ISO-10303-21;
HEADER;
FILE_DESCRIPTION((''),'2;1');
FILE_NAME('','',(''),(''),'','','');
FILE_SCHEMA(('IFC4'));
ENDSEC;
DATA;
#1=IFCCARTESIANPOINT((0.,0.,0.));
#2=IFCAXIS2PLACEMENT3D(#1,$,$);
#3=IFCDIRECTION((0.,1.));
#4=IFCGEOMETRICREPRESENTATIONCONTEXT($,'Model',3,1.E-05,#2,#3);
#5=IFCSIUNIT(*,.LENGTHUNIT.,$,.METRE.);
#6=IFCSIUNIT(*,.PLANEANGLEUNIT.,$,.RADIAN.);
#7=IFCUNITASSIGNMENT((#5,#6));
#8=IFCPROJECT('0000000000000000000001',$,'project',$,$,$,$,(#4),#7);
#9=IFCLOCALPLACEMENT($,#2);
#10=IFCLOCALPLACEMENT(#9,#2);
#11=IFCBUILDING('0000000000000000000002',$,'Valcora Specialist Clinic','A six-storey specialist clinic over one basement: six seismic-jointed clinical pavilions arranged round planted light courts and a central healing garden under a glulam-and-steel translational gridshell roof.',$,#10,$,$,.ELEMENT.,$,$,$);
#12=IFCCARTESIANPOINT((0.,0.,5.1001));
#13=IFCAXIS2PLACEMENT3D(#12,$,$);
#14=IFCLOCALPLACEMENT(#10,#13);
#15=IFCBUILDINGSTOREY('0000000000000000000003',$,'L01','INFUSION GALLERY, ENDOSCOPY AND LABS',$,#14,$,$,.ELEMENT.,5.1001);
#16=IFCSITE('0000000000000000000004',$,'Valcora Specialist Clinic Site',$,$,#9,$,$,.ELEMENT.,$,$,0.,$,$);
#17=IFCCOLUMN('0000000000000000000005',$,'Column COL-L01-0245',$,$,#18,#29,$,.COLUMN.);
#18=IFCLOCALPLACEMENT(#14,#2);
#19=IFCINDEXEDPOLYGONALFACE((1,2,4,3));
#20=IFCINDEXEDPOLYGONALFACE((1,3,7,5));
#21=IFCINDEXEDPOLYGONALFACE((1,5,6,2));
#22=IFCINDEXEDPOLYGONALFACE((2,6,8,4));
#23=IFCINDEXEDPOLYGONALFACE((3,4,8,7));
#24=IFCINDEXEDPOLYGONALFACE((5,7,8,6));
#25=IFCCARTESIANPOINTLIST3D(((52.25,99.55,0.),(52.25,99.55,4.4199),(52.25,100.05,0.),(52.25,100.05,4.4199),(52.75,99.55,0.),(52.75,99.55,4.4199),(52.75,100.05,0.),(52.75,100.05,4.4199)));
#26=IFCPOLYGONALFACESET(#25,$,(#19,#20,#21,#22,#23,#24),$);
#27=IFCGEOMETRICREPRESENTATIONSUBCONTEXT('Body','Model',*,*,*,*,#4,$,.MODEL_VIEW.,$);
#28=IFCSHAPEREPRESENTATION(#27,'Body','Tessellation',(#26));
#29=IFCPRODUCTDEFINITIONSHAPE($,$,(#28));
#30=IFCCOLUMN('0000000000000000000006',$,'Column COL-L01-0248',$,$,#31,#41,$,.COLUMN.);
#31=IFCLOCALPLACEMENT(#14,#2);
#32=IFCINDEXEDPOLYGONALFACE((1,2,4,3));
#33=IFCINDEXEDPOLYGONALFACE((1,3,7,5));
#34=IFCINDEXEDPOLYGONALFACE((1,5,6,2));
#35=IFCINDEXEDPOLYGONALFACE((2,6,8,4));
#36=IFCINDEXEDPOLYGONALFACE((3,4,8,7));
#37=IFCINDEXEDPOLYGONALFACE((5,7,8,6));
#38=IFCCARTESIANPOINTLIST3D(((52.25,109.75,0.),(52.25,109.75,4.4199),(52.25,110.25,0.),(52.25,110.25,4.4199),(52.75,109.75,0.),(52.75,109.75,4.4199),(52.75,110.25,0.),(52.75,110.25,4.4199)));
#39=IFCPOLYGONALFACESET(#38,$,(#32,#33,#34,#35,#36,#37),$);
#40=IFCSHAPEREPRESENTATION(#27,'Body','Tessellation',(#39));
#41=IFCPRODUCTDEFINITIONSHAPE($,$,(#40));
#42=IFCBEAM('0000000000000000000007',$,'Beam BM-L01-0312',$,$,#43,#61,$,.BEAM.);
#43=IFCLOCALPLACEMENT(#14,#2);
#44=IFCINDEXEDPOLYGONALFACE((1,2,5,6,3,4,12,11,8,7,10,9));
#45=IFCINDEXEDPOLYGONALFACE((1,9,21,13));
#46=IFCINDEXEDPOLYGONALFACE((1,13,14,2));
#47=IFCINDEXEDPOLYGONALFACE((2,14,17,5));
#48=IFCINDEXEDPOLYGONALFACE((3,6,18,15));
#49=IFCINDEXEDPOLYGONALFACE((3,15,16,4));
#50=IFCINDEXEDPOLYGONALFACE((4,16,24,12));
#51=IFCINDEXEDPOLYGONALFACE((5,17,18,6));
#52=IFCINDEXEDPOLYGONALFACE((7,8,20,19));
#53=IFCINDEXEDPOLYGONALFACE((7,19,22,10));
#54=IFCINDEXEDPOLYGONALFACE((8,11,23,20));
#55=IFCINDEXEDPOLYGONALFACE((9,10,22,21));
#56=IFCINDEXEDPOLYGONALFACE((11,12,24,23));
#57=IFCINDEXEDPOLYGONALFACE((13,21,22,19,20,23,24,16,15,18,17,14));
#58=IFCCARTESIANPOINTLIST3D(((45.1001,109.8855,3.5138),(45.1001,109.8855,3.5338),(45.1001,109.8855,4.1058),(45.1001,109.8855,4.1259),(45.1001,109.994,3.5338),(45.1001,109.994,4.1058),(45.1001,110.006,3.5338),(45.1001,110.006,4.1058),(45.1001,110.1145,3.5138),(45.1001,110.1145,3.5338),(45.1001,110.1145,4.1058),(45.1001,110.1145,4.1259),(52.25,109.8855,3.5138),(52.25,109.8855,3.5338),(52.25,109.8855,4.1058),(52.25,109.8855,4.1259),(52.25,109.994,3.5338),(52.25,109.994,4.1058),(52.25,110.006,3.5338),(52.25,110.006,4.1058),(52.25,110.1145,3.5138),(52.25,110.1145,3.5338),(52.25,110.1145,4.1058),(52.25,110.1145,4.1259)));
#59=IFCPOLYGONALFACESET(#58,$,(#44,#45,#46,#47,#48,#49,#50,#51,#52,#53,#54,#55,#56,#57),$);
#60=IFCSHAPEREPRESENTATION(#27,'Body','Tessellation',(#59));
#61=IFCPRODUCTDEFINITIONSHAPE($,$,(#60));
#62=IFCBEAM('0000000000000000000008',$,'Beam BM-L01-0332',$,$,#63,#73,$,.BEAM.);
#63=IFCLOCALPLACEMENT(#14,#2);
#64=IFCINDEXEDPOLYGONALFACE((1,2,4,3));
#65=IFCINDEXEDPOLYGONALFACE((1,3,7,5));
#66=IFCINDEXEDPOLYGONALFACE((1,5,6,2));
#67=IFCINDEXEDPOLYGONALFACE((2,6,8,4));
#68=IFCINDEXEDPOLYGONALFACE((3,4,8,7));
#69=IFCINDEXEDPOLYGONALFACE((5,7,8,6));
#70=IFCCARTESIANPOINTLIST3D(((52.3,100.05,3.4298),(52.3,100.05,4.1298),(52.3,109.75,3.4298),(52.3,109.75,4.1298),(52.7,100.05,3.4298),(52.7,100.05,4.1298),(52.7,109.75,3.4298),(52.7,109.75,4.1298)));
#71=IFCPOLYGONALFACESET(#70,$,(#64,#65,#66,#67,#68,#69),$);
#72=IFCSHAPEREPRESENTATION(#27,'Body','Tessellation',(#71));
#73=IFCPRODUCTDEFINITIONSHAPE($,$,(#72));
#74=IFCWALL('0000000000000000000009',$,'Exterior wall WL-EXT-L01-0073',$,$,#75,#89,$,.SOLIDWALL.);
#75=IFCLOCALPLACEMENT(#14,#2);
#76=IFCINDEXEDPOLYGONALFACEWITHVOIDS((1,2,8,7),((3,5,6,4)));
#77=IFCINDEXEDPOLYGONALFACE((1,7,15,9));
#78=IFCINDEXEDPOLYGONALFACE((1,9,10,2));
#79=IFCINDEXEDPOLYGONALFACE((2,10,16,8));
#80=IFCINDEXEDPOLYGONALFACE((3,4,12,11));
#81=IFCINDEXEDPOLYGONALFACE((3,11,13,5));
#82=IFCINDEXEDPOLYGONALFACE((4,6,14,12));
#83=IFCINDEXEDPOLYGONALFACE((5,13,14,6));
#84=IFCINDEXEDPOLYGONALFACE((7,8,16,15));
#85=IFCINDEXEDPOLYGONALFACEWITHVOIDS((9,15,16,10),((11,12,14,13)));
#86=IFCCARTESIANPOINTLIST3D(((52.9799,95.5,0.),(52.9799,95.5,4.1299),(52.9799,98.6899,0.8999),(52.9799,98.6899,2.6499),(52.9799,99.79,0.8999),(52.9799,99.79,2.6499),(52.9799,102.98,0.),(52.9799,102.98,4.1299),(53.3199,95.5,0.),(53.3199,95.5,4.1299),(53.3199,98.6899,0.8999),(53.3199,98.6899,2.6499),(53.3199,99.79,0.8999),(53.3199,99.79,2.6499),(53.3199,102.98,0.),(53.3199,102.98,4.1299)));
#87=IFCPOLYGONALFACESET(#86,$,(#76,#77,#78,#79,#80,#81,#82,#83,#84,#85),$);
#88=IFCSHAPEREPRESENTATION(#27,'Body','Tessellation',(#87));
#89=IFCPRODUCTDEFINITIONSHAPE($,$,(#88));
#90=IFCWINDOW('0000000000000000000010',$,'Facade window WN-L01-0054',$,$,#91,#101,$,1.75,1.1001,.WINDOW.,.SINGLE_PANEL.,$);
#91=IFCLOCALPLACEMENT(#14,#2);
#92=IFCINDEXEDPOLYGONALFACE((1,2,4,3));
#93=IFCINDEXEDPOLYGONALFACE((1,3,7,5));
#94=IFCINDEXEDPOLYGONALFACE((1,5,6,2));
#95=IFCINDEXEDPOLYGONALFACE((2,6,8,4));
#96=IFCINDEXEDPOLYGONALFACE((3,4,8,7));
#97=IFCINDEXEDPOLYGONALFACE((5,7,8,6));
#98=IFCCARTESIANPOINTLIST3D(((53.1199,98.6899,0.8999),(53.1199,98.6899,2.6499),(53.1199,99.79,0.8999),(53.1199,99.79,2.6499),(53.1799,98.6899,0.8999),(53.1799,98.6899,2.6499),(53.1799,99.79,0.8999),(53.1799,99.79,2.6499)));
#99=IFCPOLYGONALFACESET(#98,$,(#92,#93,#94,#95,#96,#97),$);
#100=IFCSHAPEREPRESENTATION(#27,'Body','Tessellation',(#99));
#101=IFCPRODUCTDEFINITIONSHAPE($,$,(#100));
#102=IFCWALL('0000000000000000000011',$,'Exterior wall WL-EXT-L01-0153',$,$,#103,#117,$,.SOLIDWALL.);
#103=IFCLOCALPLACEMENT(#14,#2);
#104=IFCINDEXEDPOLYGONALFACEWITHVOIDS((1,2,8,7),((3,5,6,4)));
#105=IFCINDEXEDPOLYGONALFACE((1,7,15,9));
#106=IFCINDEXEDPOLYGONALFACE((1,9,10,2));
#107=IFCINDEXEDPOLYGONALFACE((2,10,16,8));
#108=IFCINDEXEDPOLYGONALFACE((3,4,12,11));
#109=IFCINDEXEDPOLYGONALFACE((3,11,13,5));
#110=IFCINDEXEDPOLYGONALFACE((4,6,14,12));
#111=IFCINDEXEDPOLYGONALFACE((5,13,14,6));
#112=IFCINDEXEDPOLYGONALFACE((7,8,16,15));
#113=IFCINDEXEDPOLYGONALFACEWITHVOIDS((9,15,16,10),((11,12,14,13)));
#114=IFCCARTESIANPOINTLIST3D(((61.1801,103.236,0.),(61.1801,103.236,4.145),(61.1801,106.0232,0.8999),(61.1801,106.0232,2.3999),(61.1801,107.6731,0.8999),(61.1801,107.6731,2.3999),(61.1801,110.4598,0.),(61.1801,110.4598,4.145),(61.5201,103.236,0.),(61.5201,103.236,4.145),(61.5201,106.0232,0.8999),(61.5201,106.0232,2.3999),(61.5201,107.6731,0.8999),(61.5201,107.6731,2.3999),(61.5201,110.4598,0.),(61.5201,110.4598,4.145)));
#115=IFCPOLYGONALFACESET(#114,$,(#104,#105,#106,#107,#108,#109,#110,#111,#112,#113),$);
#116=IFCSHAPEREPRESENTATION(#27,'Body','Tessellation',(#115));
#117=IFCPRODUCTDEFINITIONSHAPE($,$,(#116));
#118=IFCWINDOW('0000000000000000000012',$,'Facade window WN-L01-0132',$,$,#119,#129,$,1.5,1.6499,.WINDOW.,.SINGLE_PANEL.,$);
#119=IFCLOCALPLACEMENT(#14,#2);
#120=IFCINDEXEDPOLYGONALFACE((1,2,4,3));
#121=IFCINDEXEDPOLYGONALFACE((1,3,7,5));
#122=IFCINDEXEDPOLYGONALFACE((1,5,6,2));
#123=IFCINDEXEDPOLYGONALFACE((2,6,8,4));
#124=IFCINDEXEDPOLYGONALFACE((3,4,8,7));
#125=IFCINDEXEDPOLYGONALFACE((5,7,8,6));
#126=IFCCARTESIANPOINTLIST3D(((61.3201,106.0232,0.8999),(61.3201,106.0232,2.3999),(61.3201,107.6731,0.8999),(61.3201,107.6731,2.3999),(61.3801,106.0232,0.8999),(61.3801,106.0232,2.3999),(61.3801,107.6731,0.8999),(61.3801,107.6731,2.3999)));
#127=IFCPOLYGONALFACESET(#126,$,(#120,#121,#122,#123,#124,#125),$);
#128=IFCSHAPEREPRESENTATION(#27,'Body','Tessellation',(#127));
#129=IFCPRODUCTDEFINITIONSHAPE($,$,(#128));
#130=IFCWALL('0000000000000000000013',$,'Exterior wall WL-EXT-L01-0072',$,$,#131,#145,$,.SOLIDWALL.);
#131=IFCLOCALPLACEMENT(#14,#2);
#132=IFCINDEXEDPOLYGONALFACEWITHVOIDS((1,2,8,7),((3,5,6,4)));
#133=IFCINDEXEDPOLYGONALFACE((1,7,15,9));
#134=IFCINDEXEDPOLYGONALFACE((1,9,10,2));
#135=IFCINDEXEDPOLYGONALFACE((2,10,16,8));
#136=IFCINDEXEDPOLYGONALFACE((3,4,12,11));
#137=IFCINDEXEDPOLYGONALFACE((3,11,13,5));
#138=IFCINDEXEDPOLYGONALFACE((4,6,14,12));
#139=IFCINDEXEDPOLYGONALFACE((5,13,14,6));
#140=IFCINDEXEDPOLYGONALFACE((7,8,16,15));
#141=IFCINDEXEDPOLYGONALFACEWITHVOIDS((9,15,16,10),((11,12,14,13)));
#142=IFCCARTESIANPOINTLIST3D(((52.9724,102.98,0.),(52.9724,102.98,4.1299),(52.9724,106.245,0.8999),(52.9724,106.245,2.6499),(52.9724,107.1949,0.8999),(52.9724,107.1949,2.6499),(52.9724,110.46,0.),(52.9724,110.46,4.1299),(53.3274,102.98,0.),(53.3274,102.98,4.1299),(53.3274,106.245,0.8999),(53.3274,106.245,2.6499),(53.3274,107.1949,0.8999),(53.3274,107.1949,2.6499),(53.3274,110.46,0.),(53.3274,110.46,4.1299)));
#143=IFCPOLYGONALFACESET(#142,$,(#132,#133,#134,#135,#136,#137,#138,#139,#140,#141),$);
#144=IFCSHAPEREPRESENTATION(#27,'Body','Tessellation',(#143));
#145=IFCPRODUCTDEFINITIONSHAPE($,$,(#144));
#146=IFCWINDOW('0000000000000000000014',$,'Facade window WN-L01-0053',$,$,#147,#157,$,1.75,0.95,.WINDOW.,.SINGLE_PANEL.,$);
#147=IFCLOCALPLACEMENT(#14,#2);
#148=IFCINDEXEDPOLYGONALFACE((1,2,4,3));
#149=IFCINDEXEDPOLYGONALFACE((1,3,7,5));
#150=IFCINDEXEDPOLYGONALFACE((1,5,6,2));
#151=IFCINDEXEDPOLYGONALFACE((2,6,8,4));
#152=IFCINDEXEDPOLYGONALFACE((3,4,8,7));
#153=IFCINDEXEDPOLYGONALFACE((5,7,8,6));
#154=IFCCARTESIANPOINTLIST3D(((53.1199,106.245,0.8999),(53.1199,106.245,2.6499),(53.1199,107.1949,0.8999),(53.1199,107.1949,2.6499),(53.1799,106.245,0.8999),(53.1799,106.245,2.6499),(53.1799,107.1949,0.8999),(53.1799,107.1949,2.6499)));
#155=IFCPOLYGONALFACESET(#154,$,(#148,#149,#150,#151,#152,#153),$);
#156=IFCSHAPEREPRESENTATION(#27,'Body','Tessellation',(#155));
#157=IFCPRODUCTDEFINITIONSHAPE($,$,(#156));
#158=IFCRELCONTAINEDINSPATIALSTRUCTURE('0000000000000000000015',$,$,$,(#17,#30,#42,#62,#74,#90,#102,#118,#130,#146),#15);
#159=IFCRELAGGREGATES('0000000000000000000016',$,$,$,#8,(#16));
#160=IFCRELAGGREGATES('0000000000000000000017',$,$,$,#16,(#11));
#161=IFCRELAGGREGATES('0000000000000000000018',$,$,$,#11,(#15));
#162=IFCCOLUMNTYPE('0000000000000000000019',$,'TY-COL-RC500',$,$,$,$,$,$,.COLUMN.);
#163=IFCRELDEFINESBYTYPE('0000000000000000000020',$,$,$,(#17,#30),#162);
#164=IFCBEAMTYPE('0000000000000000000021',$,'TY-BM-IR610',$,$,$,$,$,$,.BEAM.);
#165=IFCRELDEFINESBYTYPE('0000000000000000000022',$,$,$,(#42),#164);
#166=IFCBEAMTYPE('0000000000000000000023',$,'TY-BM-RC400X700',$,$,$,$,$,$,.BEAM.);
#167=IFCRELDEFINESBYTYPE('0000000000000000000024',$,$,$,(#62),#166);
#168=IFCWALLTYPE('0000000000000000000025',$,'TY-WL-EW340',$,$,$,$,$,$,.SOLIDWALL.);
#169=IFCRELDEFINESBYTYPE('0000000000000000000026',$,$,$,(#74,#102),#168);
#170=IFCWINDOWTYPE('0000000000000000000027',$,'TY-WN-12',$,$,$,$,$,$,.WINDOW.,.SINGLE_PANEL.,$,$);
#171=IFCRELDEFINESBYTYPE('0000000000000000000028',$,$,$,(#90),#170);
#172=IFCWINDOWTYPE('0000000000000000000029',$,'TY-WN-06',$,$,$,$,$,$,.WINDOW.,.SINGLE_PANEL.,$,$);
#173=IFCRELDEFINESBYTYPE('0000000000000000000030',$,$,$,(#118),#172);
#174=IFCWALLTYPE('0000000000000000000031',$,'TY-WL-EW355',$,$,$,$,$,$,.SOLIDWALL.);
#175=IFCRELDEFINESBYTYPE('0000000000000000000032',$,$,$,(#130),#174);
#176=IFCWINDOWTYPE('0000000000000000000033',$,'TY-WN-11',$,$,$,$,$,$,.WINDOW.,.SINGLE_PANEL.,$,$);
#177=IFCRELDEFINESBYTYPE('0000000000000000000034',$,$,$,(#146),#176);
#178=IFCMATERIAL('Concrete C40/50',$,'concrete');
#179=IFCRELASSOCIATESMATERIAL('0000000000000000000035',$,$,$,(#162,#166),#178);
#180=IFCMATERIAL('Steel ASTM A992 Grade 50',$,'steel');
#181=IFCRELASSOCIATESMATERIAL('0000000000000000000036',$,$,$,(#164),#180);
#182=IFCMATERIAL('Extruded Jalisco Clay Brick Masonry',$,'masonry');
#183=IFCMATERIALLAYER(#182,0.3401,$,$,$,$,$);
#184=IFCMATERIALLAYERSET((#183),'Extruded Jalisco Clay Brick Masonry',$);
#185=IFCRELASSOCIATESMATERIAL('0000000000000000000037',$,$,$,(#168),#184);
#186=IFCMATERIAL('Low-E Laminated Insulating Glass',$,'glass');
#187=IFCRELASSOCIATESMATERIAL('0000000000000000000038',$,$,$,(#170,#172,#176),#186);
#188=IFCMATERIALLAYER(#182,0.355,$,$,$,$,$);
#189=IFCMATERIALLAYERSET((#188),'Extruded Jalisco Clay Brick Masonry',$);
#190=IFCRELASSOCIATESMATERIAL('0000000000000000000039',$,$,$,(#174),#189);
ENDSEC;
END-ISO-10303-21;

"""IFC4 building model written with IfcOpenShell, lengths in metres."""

from ifc_helpers import new_model, si_unit, direction, frame, frame_2d, origin, origin_2d, place, context, subcontext, project, spatial, rectangle, i_section, extrude, material, layer, layer_set, material_profile, profile_set, type_object, element, fill, save


model = new_model("IFC4")

# Units and contexts
model_context = context("Model", 3, precision=1e-05, world=origin(), true_north=direction((0.0, 1.0)))
body_context = subcontext(model_context, "Body", "Model", "MODEL_VIEW")
ifc_project = project(units=[si_unit("LENGTHUNIT", "METRE"), si_unit("PLANEANGLEUNIT", "RADIAN")], contexts=[model_context])

# Site, building, storey
site_placement = place(None, origin())
site = spatial("IfcSite", under=ifc_project, at=site_placement, Name="Valcora Specialist Clinic Site", CompositionType="ELEMENT", RefElevation=0.0)
building_placement = place(site_placement, origin())
building = spatial("IfcBuilding", under=site, at=building_placement, Name="Valcora Specialist Clinic", Description="A six-storey specialist clinic over one basement: six seismic-jointed clinical pavilions arranged round planted light courts and a central healing garden under a glulam-and-steel translational gridshell roof.", CompositionType="ELEMENT")
storey_placement = place(building_placement, frame((0.0, 0.0, 5.1001)))
storey = spatial("IfcBuildingStorey", under=building, at=storey_placement, Name="L01", Description="INFUSION GALLERY, ENDOSCOPY AND LABS", CompositionType="ELEMENT", Elevation=5.1001)

# Columns
ifc_material_1 = material(Name="Concrete C40/50", Category="concrete")
ifc_material_profile_1 = material_profile(ifc_material_1, rectangle(XDim=0.5, YDim=0.5, at=origin_2d()), Name="RC-COL-500X500")
ifc_profile_set_1 = profile_set([ifc_material_profile_1], Name="Concrete C40/50")
column_type = type_object("IfcColumnType", Name="TY-COL-RC500", PredefinedType="COLUMN", material=ifc_profile_set_1)
for number, where, z_axis, x_axis, name in (
    (1, (52.5, 99.8, 0.0), (0.0, 0.0, 1.0), (1.0, 0.0, 0.0), "Column COL-L01-0245"),
    (2, (52.5, 110.0, 0.0), (0.0, 0.0, 1.0), (1.0, 0.0, 0.0), "Column COL-L01-0248"),
):
    element("IfcColumn", number, at=place(storey_placement, frame(where, z_axis=z_axis, x_axis=x_axis)), inside=storey, type_object=column_type, Name=name, PredefinedType="COLUMN", context=body_context, shape_type="SweptSolid", body=[
        extrude(rectangle(XDim=0.5, YDim=0.5, at=origin_2d()), origin(), (0.0, 0.0, 1.0), 4.4199),
    ])

# Beams
ifc_material_2 = material(Name="Steel ASTM A992 Grade 50", Category="steel")
ifc_material_profile_2 = material_profile(ifc_material_2, i_section(OverallWidth=0.229, OverallDepth=0.6121, WebThickness=0.012, FlangeThickness=0.02, at=origin_2d()), Name="ST-IR-610X229")
ifc_profile_set_2 = profile_set([ifc_material_profile_2], Name="Steel ASTM A992 Grade 50")
beam_type_1 = type_object("IfcBeamType", Name="TY-BM-IR610", PredefinedType="BEAM", material=ifc_profile_set_2)
beam_1_placement = place(storey_placement, frame((45.1001, 110.0, 3.8198), z_axis=(1.0, 0.0, 0.0), x_axis=(0.0, 1.0, 0.0)))
element("IfcBeam", 3, at=beam_1_placement, inside=storey, type_object=beam_type_1, Name="Beam BM-L01-0312", PredefinedType="BEAM", context=body_context, shape_type="SweptSolid", body=[
    extrude(i_section(OverallWidth=0.229, OverallDepth=0.6121, WebThickness=0.012, FlangeThickness=0.02, at=origin_2d()), origin(), (0.0, 0.0, 1.0), 7.1499),
])
ifc_material_profile_3 = material_profile(ifc_material_1, rectangle(XDim=0.3999, YDim=0.7, at=origin_2d()), Name="RC-BM-400X700")
ifc_profile_set_3 = profile_set([ifc_material_profile_3], Name="Concrete C40/50")
beam_type_2 = type_object("IfcBeamType", Name="TY-BM-RC400X700", PredefinedType="BEAM", material=ifc_profile_set_3)
beam_2_placement = place(storey_placement, frame((52.5, 100.05, 3.7798), z_axis=(0.0, 1.0, 0.0), x_axis=(-1.0, 0.0, 0.0)))
element("IfcBeam", 4, at=beam_2_placement, inside=storey, type_object=beam_type_2, Name="Beam BM-L01-0332", PredefinedType="BEAM", context=body_context, shape_type="SweptSolid", body=[
    extrude(rectangle(XDim=0.3999, YDim=0.7, at=origin_2d()), origin(), (0.0, 0.0, 1.0), 9.7),
])

# Walls, openings, windows
ifc_material_3 = material(Name="Extruded Jalisco Clay Brick Masonry", Category="masonry")
ifc_layer_1 = layer(ifc_material_3, 0.3401)
ifc_layer_set_1 = layer_set([ifc_layer_1], Name="Extruded Jalisco Clay Brick Masonry")
wall_type_1 = type_object("IfcWallType", Name="TY-WL-EW340", PredefinedType="SOLIDWALL", material=ifc_layer_set_1)
wall_1_placement = place(storey_placement, frame((53.1499, 102.98, 0.0), z_axis=(0.0, 0.0, 1.0), x_axis=(0.0, -1.0, 0.0)))
wall_1 = element("IfcWall", 5, at=wall_1_placement, inside=storey, type_object=wall_type_1, Name="Exterior wall WL-EXT-L01-0073", PredefinedType="SOLIDWALL", context=body_context, shape_type="SweptSolid", body=[
    extrude(rectangle(XDim=7.48, YDim=0.3401, at=frame_2d((3.74, 0.0))), origin(), (0.0, 0.0, 1.0), 4.1299),
])
opening_1_placement = place(wall_1_placement, frame((3.1899, 0.0, 0.8999)))
opening_1 = element("IfcOpeningElement", 6, at=opening_1_placement, cuts=wall_1, PredefinedType="OPENING", context=body_context, shape_type="SweptSolid", body=[
    extrude(rectangle(XDim=1.1001, YDim=1.75, at=frame_2d((0.55, 0.875))), frame((0.0, 0.1799, 0.0), z_axis=(0.0, -1.0, 0.0), x_axis=(1.0, 0.0, 0.0)), (0.0, 0.0, 1.0), 0.3601),
])
ifc_material_4 = material(Name="Low-E Laminated Insulating Glass", Category="glass")
window_type_1 = type_object("IfcWindowType", Name="TY-WN-12", PartitioningType="SINGLE_PANEL", PredefinedType="WINDOW", material=ifc_material_4)
window_1_placement = place(opening_1_placement, origin())
window_1 = element("IfcWindow", 7, at=window_1_placement, inside=storey, type_object=window_type_1, Name="Facade window WN-L01-0054", OverallHeight=1.75, OverallWidth=1.1001, PartitioningType="SINGLE_PANEL", PredefinedType="WINDOW", context=body_context, shape_type="SweptSolid", body=[
    extrude(rectangle(XDim=1.1001, YDim=1.75, at=frame_2d((0.55, 0.875))), frame((0.0, 0.03, 0.0), z_axis=(0.0, -1.0, 0.0), x_axis=(1.0, 0.0, 0.0)), (0.0, 0.0, 1.0), 0.0601),
])
fill(opening_1, window_1)
wall_2_placement = place(storey_placement, frame((61.3501, 103.2361, 0.0), z_axis=(0.0, 0.0, 1.0), x_axis=(0.0, 1.0, 0.0)))
wall_2 = element("IfcWall", 8, at=wall_2_placement, inside=storey, type_object=wall_type_1, Name="Exterior wall WL-EXT-L01-0153", PredefinedType="SOLIDWALL", context=body_context, shape_type="SweptSolid", body=[
    extrude(rectangle(XDim=7.2239, YDim=0.3401, at=frame_2d((3.6118, 0.0))), origin(), (0.0, 0.0, 1.0), 4.145),
])
opening_2_placement = place(wall_2_placement, frame((2.7871, 0.0, 0.8999)))
opening_2 = element("IfcOpeningElement", 9, at=opening_2_placement, cuts=wall_2, PredefinedType="OPENING", context=body_context, shape_type="SweptSolid", body=[
    extrude(rectangle(XDim=1.6499, YDim=1.5, at=frame_2d((0.825, 0.75))), frame((0.0, 0.1799, 0.0), z_axis=(0.0, -1.0, 0.0), x_axis=(1.0, 0.0, 0.0)), (0.0, 0.0, 1.0), 0.3601),
])
window_type_2 = type_object("IfcWindowType", Name="TY-WN-06", PartitioningType="SINGLE_PANEL", PredefinedType="WINDOW", material=ifc_material_4)
window_2_placement = place(opening_2_placement, origin())
window_2 = element("IfcWindow", 10, at=window_2_placement, inside=storey, type_object=window_type_2, Name="Facade window WN-L01-0132", OverallHeight=1.5, OverallWidth=1.6499, PartitioningType="SINGLE_PANEL", PredefinedType="WINDOW", context=body_context, shape_type="SweptSolid", body=[
    extrude(rectangle(XDim=1.6499, YDim=1.5, at=frame_2d((0.825, 0.75))), frame((0.0, 0.03, 0.0), z_axis=(0.0, -1.0, 0.0), x_axis=(1.0, 0.0, 0.0)), (0.0, 0.0, 1.0), 0.0601),
])
fill(opening_2, window_2)
ifc_layer_2 = layer(ifc_material_3, 0.355)
ifc_layer_set_2 = layer_set([ifc_layer_2], Name="Extruded Jalisco Clay Brick Masonry")
wall_type_2 = type_object("IfcWallType", Name="TY-WL-EW355", PredefinedType="SOLIDWALL", material=ifc_layer_set_2)
wall_3_placement = place(storey_placement, frame((53.1499, 110.46, 0.0), z_axis=(0.0, 0.0, 1.0), x_axis=(0.0, -1.0, 0.0)))
wall_3 = element("IfcWall", 11, at=wall_3_placement, inside=storey, type_object=wall_type_2, Name="Exterior wall WL-EXT-L01-0072", PredefinedType="SOLIDWALL", context=body_context, shape_type="SweptSolid", body=[
    extrude(rectangle(XDim=7.48, YDim=0.355, at=frame_2d((3.74, 0.0))), origin(), (0.0, 0.0, 1.0), 4.1299),
])
opening_3_placement = place(wall_3_placement, frame((3.2649, 0.0, 0.8999)))
opening_3 = element("IfcOpeningElement", 12, at=opening_3_placement, cuts=wall_3, PredefinedType="OPENING", context=body_context, shape_type="SweptSolid", body=[
    extrude(rectangle(XDim=0.95, YDim=1.75, at=frame_2d((0.4751, 0.875))), frame((0.0, 0.1875, 0.0), z_axis=(0.0, -1.0, 0.0), x_axis=(1.0, 0.0, 0.0)), (0.0, 0.0, 1.0), 0.375),
])
window_type_3 = type_object("IfcWindowType", Name="TY-WN-11", PartitioningType="SINGLE_PANEL", PredefinedType="WINDOW", material=ifc_material_4)
window_3_placement = place(opening_3_placement, origin())
window_3 = element("IfcWindow", 13, at=window_3_placement, inside=storey, type_object=window_type_3, Name="Facade window WN-L01-0053", OverallHeight=1.75, OverallWidth=0.95, PartitioningType="SINGLE_PANEL", PredefinedType="WINDOW", context=body_context, shape_type="SweptSolid", body=[
    extrude(rectangle(XDim=0.95, YDim=1.75, at=frame_2d((0.4751, 0.875))), frame((0.0, 0.03, 0.0), z_axis=(0.0, -1.0, 0.0), x_axis=(1.0, 0.0, 0.0)), (0.0, 0.0, 1.0), 0.0601),
])
fill(opening_3, window_3)

save(model, "model.ifc")
